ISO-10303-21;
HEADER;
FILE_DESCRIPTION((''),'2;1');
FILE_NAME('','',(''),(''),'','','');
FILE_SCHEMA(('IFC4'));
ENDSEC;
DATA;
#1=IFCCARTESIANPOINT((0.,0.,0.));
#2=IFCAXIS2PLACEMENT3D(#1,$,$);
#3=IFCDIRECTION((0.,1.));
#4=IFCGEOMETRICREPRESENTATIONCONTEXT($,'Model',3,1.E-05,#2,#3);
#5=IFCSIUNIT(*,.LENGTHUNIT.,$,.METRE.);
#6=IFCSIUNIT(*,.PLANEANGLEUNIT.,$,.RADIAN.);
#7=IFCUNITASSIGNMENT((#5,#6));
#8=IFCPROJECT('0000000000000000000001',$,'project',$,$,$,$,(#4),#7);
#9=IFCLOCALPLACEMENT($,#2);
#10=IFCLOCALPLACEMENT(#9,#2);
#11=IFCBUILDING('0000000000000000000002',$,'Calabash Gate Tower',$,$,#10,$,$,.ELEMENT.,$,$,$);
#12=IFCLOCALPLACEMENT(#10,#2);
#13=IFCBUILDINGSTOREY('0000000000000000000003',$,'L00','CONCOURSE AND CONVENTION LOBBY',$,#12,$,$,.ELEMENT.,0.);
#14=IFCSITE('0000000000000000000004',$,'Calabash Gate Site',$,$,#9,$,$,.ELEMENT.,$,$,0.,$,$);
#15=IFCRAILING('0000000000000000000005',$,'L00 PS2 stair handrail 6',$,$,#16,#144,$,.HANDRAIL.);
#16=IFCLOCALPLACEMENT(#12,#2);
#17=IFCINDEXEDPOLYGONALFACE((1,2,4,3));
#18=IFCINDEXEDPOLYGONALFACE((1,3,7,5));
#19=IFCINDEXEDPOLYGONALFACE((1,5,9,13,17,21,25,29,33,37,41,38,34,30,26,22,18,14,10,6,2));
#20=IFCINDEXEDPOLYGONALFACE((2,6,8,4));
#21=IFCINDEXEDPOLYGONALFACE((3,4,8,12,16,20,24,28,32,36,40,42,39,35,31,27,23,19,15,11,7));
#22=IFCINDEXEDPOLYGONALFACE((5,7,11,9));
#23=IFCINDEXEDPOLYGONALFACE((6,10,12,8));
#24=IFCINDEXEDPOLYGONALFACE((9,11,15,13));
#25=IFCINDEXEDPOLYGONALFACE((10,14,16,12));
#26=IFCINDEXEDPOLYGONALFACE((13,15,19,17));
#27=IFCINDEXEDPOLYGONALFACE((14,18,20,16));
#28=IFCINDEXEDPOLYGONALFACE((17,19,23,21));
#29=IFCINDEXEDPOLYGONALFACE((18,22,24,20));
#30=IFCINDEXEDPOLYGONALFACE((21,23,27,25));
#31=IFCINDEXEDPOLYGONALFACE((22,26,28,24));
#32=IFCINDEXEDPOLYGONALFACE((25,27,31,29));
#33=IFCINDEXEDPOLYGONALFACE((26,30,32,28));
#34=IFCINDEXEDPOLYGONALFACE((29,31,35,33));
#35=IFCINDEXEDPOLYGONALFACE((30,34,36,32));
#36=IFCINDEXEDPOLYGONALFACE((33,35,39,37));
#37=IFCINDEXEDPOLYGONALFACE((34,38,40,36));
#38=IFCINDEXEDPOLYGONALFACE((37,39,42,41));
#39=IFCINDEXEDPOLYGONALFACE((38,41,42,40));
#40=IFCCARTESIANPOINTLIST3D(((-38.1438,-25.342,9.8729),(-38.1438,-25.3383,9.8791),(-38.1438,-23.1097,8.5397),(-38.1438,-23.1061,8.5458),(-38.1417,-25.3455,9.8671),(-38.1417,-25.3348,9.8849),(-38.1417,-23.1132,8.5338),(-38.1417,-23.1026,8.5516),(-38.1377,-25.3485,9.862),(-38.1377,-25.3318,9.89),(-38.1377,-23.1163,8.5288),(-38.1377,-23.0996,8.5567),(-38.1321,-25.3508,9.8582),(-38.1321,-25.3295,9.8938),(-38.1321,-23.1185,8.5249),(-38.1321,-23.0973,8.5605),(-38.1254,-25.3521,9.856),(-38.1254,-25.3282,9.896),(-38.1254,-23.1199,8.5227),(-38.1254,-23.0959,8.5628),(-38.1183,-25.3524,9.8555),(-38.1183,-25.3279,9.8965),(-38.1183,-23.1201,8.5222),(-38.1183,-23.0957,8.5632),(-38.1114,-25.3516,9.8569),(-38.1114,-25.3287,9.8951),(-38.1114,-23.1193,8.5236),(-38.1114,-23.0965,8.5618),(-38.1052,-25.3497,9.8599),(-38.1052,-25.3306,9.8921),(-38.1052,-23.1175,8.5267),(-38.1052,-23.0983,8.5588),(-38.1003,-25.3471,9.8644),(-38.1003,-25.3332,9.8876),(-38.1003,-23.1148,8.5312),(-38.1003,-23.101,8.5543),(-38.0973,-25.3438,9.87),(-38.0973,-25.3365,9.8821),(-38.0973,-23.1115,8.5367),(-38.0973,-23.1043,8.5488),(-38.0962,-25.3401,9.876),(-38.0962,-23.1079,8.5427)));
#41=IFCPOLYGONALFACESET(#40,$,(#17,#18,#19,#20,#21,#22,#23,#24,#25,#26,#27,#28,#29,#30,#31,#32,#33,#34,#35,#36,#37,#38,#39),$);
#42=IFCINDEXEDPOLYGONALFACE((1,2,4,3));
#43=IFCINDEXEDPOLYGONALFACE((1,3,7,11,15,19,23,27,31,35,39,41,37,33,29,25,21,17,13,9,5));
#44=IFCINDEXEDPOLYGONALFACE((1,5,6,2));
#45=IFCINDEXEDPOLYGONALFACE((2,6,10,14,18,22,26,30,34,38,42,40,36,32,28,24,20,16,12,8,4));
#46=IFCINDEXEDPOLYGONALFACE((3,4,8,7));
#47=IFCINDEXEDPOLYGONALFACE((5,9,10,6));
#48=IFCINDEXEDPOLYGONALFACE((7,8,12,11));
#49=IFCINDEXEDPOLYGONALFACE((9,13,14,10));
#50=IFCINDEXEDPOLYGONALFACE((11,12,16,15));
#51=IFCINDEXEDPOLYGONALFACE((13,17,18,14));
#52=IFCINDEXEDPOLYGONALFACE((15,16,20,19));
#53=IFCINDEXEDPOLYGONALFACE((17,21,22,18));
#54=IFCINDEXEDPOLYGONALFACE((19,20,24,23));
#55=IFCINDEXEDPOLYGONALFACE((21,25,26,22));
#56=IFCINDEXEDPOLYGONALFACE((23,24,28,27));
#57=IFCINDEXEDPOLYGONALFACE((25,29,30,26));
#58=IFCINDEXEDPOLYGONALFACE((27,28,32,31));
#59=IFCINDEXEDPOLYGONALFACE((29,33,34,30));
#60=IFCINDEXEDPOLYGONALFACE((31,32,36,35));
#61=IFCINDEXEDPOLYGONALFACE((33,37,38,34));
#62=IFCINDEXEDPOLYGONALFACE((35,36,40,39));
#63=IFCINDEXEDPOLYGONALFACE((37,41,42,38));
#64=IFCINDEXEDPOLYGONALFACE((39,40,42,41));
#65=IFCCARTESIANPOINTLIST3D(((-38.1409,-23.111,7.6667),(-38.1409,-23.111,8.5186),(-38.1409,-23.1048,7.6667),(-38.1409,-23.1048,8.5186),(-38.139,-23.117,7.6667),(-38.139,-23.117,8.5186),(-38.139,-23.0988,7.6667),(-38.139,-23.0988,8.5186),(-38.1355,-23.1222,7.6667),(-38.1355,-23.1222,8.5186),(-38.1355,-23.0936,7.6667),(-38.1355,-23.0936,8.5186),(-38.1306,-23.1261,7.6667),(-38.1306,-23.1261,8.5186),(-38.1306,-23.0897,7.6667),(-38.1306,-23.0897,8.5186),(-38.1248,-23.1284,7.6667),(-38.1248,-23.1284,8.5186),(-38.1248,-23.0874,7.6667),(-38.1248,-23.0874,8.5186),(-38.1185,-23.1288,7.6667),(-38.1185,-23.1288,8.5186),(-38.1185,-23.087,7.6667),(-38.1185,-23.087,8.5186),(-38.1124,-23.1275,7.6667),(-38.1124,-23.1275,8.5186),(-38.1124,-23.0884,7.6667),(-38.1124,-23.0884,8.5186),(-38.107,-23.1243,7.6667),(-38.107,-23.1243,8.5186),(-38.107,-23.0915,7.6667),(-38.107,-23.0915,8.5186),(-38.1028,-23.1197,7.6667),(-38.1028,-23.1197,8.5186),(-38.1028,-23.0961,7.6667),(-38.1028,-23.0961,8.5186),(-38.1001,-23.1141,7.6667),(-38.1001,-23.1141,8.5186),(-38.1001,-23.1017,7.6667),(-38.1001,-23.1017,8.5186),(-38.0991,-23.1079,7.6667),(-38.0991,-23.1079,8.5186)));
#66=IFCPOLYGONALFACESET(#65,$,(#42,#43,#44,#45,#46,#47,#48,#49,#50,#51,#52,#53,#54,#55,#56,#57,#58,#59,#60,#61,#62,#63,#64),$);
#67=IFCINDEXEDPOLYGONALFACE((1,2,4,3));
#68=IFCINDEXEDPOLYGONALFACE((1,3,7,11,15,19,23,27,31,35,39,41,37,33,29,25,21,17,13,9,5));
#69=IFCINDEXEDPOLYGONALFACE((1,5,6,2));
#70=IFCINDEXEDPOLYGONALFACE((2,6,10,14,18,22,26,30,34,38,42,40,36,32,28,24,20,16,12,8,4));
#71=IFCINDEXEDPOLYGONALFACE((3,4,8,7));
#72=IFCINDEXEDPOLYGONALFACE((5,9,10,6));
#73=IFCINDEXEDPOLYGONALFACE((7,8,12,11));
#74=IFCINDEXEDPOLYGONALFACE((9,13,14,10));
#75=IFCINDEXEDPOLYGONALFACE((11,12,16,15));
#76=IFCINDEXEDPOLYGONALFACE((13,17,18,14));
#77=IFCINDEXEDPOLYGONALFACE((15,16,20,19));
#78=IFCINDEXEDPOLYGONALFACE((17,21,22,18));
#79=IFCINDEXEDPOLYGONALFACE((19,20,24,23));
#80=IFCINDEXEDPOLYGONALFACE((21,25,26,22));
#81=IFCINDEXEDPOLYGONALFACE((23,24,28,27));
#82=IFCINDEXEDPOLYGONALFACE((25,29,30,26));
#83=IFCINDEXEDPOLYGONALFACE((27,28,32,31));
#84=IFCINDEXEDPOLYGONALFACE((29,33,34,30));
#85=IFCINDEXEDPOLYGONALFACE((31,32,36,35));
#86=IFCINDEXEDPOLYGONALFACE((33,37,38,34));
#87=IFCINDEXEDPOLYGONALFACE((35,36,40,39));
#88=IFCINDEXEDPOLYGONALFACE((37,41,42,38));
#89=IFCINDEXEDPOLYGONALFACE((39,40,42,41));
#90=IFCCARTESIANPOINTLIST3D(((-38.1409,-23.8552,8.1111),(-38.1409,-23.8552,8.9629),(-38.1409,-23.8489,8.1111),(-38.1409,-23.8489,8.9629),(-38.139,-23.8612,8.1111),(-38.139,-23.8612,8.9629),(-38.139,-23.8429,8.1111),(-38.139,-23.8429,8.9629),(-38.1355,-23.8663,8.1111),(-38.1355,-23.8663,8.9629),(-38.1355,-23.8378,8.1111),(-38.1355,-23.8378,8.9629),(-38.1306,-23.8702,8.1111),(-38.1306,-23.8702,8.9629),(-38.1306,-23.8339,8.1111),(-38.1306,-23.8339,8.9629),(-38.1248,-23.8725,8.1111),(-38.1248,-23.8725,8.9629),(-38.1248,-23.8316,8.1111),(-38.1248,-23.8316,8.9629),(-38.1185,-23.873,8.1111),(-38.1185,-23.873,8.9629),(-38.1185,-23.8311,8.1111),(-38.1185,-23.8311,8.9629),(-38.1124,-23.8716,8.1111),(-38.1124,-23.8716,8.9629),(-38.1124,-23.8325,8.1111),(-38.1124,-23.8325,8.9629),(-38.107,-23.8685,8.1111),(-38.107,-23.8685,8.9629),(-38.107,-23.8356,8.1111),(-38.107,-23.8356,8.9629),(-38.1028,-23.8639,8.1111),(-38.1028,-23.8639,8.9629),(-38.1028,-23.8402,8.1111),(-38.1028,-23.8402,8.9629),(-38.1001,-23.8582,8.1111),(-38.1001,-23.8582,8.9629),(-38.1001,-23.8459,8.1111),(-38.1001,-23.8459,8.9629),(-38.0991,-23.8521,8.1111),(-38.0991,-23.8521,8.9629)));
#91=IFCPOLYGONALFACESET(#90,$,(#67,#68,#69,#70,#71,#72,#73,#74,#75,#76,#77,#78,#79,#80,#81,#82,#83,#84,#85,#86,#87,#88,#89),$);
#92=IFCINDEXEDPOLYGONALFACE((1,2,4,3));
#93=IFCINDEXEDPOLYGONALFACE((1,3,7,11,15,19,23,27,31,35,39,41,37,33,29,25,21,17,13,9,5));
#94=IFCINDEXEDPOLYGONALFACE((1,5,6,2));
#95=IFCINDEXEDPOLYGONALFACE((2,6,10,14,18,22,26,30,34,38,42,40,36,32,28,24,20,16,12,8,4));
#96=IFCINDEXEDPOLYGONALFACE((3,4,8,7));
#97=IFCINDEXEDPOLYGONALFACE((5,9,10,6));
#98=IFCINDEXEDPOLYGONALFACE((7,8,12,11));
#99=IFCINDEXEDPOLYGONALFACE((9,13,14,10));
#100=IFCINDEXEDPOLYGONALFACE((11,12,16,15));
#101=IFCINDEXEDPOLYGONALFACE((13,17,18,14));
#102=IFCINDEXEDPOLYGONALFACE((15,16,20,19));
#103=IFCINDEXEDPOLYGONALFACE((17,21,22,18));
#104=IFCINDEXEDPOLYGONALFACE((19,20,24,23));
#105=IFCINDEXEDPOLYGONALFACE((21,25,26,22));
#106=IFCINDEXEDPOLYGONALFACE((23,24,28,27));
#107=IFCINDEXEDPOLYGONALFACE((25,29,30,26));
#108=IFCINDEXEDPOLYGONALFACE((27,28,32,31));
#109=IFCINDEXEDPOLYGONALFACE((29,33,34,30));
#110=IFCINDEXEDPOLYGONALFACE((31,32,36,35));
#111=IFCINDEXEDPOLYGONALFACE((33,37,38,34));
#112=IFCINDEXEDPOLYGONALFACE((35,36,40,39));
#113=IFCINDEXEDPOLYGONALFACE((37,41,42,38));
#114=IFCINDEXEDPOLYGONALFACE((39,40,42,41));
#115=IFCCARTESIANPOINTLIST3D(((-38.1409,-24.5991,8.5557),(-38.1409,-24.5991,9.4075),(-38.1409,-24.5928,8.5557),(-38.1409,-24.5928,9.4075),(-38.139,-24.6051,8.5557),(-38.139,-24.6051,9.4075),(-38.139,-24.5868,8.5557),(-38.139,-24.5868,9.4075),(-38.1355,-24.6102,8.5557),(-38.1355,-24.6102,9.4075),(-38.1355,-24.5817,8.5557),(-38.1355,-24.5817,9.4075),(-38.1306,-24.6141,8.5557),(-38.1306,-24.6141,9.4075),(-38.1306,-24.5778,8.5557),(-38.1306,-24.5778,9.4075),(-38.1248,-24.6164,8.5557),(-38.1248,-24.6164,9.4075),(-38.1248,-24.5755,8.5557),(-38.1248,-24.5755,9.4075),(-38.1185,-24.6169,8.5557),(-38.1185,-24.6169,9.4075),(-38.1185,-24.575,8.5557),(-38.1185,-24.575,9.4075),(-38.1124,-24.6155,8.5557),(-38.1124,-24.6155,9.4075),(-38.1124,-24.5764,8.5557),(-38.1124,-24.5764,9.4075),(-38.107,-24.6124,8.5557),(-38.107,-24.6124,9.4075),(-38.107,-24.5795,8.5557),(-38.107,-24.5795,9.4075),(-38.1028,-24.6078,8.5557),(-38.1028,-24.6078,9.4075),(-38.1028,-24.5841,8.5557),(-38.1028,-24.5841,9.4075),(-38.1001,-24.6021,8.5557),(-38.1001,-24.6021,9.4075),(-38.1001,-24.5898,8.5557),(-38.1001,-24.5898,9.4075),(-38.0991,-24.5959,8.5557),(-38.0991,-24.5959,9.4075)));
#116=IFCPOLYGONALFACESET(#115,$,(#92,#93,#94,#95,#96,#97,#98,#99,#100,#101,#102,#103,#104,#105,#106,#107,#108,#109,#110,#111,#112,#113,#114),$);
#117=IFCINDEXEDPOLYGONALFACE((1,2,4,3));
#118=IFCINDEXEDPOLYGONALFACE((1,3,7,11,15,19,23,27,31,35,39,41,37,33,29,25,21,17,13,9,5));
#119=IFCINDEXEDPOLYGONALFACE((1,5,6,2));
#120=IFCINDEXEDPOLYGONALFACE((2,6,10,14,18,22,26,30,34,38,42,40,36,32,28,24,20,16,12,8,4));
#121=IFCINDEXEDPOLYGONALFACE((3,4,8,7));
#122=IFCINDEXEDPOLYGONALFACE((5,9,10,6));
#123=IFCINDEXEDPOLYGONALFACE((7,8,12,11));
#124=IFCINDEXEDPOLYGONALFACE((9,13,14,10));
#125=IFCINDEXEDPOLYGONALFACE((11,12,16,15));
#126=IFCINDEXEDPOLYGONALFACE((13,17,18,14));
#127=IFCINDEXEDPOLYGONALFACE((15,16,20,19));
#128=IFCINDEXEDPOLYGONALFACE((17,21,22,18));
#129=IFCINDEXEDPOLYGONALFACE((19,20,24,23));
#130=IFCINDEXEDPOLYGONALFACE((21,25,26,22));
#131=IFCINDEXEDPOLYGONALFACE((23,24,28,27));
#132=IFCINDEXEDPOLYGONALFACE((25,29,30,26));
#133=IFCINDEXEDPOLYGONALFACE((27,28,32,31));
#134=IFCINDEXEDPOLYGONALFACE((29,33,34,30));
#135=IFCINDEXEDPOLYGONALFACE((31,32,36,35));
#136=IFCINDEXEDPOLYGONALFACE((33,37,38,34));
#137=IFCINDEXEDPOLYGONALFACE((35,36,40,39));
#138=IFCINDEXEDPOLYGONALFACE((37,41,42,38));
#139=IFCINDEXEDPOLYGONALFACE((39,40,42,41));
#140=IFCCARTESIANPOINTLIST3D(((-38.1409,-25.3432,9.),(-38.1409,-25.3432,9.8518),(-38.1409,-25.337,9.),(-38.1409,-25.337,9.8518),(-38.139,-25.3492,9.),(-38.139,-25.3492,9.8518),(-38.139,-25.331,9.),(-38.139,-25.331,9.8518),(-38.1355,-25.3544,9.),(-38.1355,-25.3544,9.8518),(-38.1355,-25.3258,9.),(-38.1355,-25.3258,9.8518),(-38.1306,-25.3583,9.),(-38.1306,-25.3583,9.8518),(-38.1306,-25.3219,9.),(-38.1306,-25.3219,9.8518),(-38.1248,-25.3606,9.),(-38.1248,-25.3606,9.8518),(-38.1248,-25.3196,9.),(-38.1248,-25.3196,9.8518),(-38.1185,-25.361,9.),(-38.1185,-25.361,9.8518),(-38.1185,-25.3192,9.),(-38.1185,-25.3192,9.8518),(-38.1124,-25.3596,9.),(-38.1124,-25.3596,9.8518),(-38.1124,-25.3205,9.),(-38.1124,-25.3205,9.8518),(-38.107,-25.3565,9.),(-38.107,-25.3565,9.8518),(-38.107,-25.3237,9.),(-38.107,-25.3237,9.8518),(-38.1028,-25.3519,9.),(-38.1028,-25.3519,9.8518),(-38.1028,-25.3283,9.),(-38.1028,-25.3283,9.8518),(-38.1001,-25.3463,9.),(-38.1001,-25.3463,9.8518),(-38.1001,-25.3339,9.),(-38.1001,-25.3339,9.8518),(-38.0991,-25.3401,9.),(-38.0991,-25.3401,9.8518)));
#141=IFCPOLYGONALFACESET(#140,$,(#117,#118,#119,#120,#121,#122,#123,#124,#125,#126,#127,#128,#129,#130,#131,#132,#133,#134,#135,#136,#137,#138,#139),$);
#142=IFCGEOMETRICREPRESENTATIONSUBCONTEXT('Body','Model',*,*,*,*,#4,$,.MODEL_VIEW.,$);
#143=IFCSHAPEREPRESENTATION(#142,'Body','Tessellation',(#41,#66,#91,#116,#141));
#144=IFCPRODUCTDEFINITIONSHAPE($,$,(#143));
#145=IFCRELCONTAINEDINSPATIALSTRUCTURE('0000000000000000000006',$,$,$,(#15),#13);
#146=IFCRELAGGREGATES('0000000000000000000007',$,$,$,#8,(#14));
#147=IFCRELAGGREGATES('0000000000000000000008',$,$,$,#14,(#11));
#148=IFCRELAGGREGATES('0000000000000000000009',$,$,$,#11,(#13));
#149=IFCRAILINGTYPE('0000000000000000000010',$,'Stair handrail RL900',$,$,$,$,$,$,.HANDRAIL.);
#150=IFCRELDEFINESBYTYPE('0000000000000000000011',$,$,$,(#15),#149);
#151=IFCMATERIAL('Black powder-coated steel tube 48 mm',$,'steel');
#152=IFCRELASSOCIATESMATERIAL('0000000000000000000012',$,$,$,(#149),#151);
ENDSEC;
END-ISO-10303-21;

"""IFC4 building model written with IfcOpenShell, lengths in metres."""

from ifc_helpers import new_model, si_unit, direction, frame, origin, origin_2d, place, context, subcontext, project, spatial, circle, extrude, material, type_object, element, save


model = new_model("IFC4")

# Units and contexts
model_context = context("Model", 3, precision=1e-05, world=origin(), true_north=direction((0.0, 1.0)))
body_context = subcontext(model_context, "Body", "Model", "MODEL_VIEW")
ifc_project = project(units=[si_unit("LENGTHUNIT", "METRE"), si_unit("PLANEANGLEUNIT", "RADIAN")], contexts=[model_context])

# Site, building, storey
site_placement = place(None, origin())
site = spatial("IfcSite", under=ifc_project, at=site_placement, Name="Calabash Gate Site", CompositionType="ELEMENT", RefElevation=0.0)
building_placement = place(site_placement, origin())
building = spatial("IfcBuilding", under=site, at=building_placement, Name="Calabash Gate Tower", CompositionType="ELEMENT")
storey_placement = place(building_placement, origin())
storey = spatial("IfcBuildingStorey", under=building, at=storey_placement, Name="L00", Description="CONCOURSE AND CONVENTION LOBBY", CompositionType="ELEMENT", Elevation=0.0)

# Railing
ifc_material_1 = material(Name="Black powder-coated steel tube 48 mm", Category="steel")
railing_type_1 = type_object("IfcRailingType", Name="Stair handrail RL900", PredefinedType="HANDRAIL", material=ifc_material_1)
for number, where, name in (
    (1, (-38.1201, -23.1079, 7.6667), "L00 PS2 stair handrail 6"),
):
    element("IfcRailing", number, at=place(storey_placement, frame(where)), inside=storey, type_object=railing_type_1, Name=name, PredefinedType="HANDRAIL", context=body_context, shape_type="SweptSolid", body=[
        extrude(circle(Radius=0.0239, at=origin_2d()), frame((0.0, 0.0, 0.876), z_axis=(0.0, -0.858519, 0.512782), x_axis=(1.0, 0.0, 0.0)), (0.0, 0.0, 1.0), 2.6001),
        extrude(circle(Radius=0.021, at=origin_2d()), origin(), (0.0, 0.0, 1.0), 0.8518),
        extrude(circle(Radius=0.021, at=origin_2d()), frame((0.0, -0.7441, 0.4443)), (0.0, 0.0, 1.0), 0.8518),
        extrude(circle(Radius=0.021, at=origin_2d()), frame((0.0, -1.488, 0.8889)), (0.0, 0.0, 1.0), 0.8518),
        extrude(circle(Radius=0.021, at=origin_2d()), frame((0.0, -2.2322, 1.3333)), (0.0, 0.0, 1.0), 0.8518),
    ])

save(model, "model.ifc")
